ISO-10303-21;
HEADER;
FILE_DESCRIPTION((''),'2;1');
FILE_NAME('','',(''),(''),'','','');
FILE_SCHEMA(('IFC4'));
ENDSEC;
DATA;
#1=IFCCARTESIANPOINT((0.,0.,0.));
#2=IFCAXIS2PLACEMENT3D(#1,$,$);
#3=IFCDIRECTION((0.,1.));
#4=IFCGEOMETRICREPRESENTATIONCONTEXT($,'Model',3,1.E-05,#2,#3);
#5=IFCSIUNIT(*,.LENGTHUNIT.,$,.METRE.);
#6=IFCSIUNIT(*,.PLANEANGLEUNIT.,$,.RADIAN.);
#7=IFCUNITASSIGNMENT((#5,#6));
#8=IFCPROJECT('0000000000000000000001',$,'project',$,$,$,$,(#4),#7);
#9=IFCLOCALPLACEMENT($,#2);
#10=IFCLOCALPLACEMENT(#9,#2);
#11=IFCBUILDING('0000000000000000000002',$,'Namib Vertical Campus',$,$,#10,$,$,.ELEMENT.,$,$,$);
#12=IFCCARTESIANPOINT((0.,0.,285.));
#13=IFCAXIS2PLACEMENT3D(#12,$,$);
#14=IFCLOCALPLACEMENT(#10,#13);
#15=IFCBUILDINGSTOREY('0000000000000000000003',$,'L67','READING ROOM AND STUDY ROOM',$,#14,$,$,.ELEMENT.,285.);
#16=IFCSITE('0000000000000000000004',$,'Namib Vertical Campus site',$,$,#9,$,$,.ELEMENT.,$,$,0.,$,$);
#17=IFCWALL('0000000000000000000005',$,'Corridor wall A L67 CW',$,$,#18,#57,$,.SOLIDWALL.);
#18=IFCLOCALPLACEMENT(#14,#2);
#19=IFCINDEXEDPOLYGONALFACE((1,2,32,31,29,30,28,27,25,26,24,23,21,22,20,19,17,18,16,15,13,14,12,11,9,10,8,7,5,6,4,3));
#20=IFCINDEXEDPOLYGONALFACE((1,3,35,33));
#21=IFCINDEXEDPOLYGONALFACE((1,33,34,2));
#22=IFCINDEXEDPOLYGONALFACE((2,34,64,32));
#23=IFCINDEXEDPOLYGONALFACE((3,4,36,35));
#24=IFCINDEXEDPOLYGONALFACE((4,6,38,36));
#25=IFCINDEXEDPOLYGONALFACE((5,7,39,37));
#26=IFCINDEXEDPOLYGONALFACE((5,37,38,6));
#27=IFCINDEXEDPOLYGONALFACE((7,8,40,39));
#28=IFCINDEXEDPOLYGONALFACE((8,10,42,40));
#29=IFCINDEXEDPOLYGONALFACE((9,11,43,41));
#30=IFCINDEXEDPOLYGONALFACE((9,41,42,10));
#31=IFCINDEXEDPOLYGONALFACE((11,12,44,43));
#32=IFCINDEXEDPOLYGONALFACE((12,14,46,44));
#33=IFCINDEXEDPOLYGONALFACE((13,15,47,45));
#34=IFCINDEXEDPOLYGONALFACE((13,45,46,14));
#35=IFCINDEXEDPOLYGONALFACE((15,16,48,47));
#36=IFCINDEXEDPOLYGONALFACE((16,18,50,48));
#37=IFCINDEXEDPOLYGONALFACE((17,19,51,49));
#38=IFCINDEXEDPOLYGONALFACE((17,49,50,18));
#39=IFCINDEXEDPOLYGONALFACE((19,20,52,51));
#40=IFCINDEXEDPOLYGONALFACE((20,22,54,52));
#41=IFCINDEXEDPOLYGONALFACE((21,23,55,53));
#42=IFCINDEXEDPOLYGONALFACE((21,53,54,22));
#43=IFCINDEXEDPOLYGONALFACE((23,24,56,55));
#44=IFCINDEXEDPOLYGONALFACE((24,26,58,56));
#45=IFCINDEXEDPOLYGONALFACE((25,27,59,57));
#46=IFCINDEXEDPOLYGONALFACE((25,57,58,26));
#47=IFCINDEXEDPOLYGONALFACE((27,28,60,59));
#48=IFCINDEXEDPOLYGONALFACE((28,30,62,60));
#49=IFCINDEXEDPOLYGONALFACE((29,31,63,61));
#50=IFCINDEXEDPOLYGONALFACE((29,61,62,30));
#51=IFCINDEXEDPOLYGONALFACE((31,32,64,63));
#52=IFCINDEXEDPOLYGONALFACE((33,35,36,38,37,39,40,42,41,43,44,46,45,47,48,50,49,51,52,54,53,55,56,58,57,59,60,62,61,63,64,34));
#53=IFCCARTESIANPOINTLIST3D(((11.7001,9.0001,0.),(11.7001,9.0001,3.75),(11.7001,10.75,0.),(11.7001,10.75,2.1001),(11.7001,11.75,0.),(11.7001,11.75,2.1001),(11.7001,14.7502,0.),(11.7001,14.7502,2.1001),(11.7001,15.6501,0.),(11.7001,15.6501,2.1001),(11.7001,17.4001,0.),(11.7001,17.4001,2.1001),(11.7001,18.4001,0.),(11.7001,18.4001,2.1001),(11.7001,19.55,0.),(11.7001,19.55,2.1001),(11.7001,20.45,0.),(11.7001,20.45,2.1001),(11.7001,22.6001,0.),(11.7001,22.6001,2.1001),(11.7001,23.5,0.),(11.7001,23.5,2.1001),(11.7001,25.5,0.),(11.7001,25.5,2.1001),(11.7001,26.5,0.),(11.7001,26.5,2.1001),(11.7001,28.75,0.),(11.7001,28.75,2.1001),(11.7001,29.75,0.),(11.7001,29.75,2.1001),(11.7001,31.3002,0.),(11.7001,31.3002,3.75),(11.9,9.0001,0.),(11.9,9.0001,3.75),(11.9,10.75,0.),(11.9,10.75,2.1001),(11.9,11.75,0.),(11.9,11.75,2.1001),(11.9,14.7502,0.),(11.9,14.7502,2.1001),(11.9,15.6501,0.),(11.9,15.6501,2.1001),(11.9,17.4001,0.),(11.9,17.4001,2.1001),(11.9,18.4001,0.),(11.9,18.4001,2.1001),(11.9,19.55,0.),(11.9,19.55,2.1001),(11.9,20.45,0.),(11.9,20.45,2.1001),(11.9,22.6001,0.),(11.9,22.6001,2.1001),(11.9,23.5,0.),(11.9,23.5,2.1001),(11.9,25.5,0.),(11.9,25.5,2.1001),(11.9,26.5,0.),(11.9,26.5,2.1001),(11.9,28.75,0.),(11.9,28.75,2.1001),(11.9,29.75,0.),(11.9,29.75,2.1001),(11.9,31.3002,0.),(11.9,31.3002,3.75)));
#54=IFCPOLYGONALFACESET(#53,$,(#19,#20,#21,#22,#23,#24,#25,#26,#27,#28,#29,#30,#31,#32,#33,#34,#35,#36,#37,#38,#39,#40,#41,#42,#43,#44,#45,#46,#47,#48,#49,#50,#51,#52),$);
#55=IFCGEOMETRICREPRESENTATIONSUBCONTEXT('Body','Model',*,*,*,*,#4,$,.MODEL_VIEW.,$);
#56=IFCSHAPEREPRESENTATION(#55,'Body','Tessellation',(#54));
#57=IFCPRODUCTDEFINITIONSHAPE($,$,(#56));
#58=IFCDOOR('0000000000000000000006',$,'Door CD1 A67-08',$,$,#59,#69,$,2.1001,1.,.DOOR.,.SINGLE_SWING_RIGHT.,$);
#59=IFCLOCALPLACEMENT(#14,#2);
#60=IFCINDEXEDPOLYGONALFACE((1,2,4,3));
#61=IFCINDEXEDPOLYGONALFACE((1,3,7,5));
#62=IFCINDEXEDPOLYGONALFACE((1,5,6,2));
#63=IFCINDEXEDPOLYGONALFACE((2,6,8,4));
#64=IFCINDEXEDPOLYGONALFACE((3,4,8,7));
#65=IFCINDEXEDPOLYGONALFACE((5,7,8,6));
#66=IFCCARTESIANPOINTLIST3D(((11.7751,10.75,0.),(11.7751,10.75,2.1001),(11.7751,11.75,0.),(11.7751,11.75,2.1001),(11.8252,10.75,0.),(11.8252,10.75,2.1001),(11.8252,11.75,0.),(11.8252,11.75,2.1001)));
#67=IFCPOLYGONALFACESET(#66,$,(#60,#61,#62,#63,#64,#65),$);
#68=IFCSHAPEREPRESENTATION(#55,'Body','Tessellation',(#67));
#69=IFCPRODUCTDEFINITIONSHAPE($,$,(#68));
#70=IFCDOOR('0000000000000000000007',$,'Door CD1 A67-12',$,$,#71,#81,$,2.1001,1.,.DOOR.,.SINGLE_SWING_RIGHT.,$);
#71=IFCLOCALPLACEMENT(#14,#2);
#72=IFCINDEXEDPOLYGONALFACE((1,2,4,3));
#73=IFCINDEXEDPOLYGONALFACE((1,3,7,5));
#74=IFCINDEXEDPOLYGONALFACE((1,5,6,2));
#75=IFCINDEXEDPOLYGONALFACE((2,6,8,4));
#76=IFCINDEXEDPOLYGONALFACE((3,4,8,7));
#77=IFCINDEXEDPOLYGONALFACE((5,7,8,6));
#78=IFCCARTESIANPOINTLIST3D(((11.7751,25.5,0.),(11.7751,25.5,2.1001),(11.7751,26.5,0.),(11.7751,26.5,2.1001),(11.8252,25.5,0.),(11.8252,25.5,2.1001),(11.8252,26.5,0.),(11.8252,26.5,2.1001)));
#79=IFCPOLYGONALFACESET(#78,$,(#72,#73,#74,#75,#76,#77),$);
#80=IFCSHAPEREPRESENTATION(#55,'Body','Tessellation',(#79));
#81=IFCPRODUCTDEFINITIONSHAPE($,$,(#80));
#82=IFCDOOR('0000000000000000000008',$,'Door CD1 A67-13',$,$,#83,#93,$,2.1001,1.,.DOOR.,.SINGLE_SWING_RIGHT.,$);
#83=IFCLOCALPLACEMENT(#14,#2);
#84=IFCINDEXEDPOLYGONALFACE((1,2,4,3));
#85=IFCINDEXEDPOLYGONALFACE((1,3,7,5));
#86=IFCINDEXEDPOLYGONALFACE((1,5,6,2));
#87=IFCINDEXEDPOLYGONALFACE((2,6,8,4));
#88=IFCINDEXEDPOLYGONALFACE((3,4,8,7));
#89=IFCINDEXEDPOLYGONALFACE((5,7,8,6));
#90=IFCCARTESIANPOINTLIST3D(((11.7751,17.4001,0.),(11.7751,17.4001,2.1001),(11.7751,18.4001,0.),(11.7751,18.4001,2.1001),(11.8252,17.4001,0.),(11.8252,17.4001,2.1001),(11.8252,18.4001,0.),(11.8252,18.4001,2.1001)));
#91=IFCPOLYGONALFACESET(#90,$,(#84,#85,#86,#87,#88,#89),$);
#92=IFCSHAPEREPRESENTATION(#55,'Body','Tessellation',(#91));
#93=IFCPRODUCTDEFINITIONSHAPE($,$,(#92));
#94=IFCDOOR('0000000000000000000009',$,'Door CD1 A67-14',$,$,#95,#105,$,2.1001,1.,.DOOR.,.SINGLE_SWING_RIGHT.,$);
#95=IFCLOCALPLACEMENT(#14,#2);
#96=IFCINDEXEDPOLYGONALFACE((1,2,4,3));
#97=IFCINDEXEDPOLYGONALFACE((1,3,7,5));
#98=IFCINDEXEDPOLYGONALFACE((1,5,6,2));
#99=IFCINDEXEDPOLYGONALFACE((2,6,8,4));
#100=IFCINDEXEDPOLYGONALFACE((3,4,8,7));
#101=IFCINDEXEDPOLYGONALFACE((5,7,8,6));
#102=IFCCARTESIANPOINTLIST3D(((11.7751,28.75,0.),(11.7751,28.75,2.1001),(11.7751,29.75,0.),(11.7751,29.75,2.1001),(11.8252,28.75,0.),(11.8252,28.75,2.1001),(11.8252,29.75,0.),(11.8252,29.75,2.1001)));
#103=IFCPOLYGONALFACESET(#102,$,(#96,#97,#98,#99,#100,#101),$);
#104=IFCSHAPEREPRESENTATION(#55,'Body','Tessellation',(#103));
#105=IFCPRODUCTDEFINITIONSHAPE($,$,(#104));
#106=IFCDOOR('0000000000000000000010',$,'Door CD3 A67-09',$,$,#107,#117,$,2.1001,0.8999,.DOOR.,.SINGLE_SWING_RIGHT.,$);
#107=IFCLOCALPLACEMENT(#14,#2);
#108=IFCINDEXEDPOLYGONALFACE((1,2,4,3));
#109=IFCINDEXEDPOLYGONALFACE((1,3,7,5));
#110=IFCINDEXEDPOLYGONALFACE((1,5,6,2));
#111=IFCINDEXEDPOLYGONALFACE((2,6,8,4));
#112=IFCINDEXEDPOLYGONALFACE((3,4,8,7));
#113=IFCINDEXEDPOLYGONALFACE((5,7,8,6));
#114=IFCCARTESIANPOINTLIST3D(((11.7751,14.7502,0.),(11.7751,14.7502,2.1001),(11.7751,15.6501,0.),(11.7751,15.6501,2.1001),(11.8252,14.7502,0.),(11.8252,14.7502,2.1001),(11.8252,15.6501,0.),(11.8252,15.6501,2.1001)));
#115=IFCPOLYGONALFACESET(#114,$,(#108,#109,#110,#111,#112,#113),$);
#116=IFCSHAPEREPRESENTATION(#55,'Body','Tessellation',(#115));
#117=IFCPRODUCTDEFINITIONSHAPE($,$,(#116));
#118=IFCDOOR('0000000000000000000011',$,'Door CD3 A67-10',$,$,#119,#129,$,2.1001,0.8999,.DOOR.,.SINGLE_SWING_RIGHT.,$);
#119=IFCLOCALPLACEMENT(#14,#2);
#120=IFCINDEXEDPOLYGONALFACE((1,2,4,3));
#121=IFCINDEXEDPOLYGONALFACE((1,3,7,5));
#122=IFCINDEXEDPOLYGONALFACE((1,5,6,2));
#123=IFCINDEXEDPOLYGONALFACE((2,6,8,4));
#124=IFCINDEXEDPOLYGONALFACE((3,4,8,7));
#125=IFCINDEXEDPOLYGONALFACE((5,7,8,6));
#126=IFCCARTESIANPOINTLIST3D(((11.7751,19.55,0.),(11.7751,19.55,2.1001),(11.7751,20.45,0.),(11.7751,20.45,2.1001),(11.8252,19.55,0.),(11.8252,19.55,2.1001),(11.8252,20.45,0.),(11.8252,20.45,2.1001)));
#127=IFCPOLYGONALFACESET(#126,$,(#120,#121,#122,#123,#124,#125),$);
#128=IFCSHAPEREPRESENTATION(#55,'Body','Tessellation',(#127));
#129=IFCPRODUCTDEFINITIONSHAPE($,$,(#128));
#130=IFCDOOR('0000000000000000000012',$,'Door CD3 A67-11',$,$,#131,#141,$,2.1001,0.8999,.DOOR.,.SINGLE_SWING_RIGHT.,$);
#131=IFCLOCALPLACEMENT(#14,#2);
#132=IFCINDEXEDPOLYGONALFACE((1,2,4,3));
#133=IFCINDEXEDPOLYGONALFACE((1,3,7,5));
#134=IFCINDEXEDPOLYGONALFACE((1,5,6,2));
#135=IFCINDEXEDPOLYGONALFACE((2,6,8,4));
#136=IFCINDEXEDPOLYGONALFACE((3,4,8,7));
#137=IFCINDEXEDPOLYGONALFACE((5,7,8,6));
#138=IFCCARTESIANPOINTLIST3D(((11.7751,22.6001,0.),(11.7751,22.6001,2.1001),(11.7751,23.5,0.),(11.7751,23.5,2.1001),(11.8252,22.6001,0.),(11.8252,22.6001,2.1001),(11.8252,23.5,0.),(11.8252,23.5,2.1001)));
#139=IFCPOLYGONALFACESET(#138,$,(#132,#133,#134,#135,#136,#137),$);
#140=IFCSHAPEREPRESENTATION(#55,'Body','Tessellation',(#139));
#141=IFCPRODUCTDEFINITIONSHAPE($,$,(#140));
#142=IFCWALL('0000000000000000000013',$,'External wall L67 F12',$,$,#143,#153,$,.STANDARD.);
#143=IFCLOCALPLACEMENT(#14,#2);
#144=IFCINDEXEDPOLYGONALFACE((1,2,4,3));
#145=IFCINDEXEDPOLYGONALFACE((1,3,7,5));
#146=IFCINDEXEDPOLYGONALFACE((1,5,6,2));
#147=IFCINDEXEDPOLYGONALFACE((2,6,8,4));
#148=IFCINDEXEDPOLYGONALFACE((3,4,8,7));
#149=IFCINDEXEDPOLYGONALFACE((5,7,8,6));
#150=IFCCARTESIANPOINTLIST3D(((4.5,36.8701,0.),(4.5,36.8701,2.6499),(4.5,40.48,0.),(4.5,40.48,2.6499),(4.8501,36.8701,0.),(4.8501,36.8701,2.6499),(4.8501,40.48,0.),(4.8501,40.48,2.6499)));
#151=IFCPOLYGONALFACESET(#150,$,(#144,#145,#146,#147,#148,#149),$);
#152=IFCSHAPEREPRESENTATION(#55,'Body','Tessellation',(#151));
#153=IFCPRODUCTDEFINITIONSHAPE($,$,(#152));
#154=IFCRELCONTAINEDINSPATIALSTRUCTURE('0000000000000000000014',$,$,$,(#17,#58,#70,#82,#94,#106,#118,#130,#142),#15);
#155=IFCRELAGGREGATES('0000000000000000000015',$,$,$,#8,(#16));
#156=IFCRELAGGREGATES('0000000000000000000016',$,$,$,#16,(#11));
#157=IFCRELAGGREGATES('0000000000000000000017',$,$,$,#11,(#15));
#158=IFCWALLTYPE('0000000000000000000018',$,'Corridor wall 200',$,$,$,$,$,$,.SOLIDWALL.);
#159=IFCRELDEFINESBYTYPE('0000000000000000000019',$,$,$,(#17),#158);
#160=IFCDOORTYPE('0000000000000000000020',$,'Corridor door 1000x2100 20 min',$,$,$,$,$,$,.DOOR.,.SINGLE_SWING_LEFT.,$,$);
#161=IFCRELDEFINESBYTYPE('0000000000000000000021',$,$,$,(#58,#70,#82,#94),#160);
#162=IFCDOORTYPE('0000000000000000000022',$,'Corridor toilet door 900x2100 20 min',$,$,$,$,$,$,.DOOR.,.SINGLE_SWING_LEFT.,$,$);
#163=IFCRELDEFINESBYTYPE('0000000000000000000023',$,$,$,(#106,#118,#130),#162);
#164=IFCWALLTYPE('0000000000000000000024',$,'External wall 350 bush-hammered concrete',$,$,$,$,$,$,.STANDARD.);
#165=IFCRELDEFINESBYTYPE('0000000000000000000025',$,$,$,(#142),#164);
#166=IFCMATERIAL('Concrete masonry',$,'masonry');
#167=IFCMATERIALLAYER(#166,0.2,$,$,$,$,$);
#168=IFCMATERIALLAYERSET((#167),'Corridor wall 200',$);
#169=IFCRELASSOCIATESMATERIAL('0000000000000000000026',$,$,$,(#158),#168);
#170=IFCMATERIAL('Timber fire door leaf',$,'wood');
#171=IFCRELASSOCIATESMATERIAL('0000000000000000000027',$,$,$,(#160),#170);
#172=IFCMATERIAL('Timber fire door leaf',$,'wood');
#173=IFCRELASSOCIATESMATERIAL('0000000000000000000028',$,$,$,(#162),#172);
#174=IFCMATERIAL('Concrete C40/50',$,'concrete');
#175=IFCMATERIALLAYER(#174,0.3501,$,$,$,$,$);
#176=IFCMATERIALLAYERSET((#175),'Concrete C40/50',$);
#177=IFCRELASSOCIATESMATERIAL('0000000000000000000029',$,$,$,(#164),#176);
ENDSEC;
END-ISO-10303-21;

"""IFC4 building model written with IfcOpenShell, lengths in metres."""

from ifc_helpers import new_model, si_unit, direction, frame, frame_2d, origin, place, context, subcontext, project, spatial, rectangle, extrude, material, layer, layer_set, type_object, element, fill, save


model = new_model("IFC4")

# Units and contexts
model_context = context("Model", 3, precision=1e-05, world=origin(), true_north=direction((0.0, 1.0)))
body_context = subcontext(model_context, "Body", "Model", "MODEL_VIEW")
ifc_project = project(units=[si_unit("LENGTHUNIT", "METRE"), si_unit("PLANEANGLEUNIT", "RADIAN")], contexts=[model_context])

# Site, building, storey
site_placement = place(None, origin())
site = spatial("IfcSite", under=ifc_project, at=site_placement, Name="Namib Vertical Campus site", CompositionType="ELEMENT", RefElevation=0.0)
building_placement = place(site_placement, origin())
building = spatial("IfcBuilding", under=site, at=building_placement, Name="Namib Vertical Campus", CompositionType="ELEMENT")
storey_placement = place(building_placement, frame((0.0, 0.0, 285.0)))
storey = spatial("IfcBuildingStorey", under=building, at=storey_placement, Name="L67", Description="READING ROOM AND STUDY ROOM", CompositionType="ELEMENT", Elevation=285.0)

# Wall, openings, doors
ifc_material_1 = material(Name="Concrete masonry", Category="masonry")
ifc_layer_1 = layer(ifc_material_1, 0.2)
ifc_layer_set_1 = layer_set([ifc_layer_1], Name="Corridor wall 200")
wall_type_1 = type_object("IfcWallType", Name="Corridor wall 200", PredefinedType="SOLIDWALL", material=ifc_layer_set_1)
wall_1_placement = place(storey_placement, frame((11.8, 31.3, 0.0), z_axis=(0.0, 0.0, 1.0), x_axis=(0.0, -1.0, 0.0)))
wall_1 = element("IfcWall", 1, at=wall_1_placement, inside=storey, type_object=wall_type_1, Name="Corridor wall A L67 CW", PredefinedType="SOLIDWALL", context=body_context, shape_type="SweptSolid", body=[
    extrude(rectangle(XDim=22.3, YDim=0.2, at=frame_2d((11.1499, 0.0))), origin(), (0.0, 0.0, 1.0), 3.75),
])
opening_1_placement = place(wall_1_placement, frame((19.55, 0.0, 0.0)))
opening_1 = element("IfcOpeningElement", 2, at=opening_1_placement, cuts=wall_1, PredefinedType="OPENING", context=body_context, shape_type="SweptSolid", body=[
    extrude(rectangle(XDim=1.0, YDim=2.1001, at=frame_2d((0.5, 1.05))), frame((0.0, 0.1099, 0.0), z_axis=(0.0, -1.0, 0.0), x_axis=(1.0, 0.0, 0.0)), (0.0, 0.0, 1.0), 0.22),
])
opening_2_placement = place(wall_1_placement, frame((15.6499, 0.0, 0.0)))
opening_2 = element("IfcOpeningElement", 3, at=opening_2_placement, cuts=wall_1, PredefinedType="OPENING", context=body_context, shape_type="SweptSolid", body=[
    extrude(rectangle(XDim=0.8999, YDim=2.1001, at=frame_2d((0.45, 1.05))), frame((0.0, 0.1099, 0.0), z_axis=(0.0, -1.0, 0.0), x_axis=(1.0, 0.0, 0.0)), (0.0, 0.0, 1.0), 0.22),
])
opening_3_placement = place(wall_1_placement, frame((10.8501, 0.0, 0.0)))
opening_3 = element("IfcOpeningElement", 4, at=opening_3_placement, cuts=wall_1, PredefinedType="OPENING", context=body_context, shape_type="SweptSolid", body=[
    extrude(rectangle(XDim=0.8999, YDim=2.1001, at=frame_2d((0.45, 1.05))), frame((0.0, 0.1099, 0.0), z_axis=(0.0, -1.0, 0.0), x_axis=(1.0, 0.0, 0.0)), (0.0, 0.0, 1.0), 0.22),
])
opening_4_placement = place(wall_1_placement, frame((7.8, 0.0, 0.0)))
opening_4 = element("IfcOpeningElement", 5, at=opening_4_placement, cuts=wall_1, PredefinedType="OPENING", context=body_context, shape_type="SweptSolid", body=[
    extrude(rectangle(XDim=0.8999, YDim=2.1001, at=frame_2d((0.45, 1.05))), frame((0.0, 0.1099, 0.0), z_axis=(0.0, -1.0, 0.0), x_axis=(1.0, 0.0, 0.0)), (0.0, 0.0, 1.0), 0.22),
])
opening_5_placement = place(wall_1_placement, frame((4.8, 0.0, 0.0)))
opening_5 = element("IfcOpeningElement", 6, at=opening_5_placement, cuts=wall_1, PredefinedType="OPENING", context=body_context, shape_type="SweptSolid", body=[
    extrude(rectangle(XDim=1.0, YDim=2.1001, at=frame_2d((0.5, 1.05))), frame((0.0, 0.1099, 0.0), z_axis=(0.0, -1.0, 0.0), x_axis=(1.0, 0.0, 0.0)), (0.0, 0.0, 1.0), 0.22),
])
opening_6_placement = place(wall_1_placement, frame((12.8999, 0.0, 0.0)))
opening_6 = element("IfcOpeningElement", 7, at=opening_6_placement, cuts=wall_1, PredefinedType="OPENING", context=body_context, shape_type="SweptSolid", body=[
    extrude(rectangle(XDim=1.0, YDim=2.1001, at=frame_2d((0.5, 1.05))), frame((0.0, 0.1099, 0.0), z_axis=(0.0, -1.0, 0.0), x_axis=(1.0, 0.0, 0.0)), (0.0, 0.0, 1.0), 0.22),
])
opening_7_placement = place(wall_1_placement, frame((1.55, 0.0, 0.0)))
opening_7 = element("IfcOpeningElement", 8, at=opening_7_placement, cuts=wall_1, PredefinedType="OPENING", context=body_context, shape_type="SweptSolid", body=[
    extrude(rectangle(XDim=1.0, YDim=2.1001, at=frame_2d((0.5, 1.05))), frame((0.0, 0.1099, 0.0), z_axis=(0.0, -1.0, 0.0), x_axis=(1.0, 0.0, 0.0)), (0.0, 0.0, 1.0), 0.22),
])
ifc_material_2 = material(Name="Timber fire door leaf", Category="wood")
door_type_1 = type_object("IfcDoorType", Name="Corridor door 1000x2100 20 min", OperationType="SINGLE_SWING_LEFT", PredefinedType="DOOR", material=ifc_material_2)
door_1_placement = place(opening_1_placement, frame((1.0, 0.0, 0.0), z_axis=(0.0, 0.0, 1.0), x_axis=(-1.0, 0.0, 0.0)))
door_1 = element("IfcDoor", 9, at=door_1_placement, inside=storey, type_object=door_type_1, Name="Door CD1 A67-08", OperationType="SINGLE_SWING_RIGHT", OverallHeight=2.1001, OverallWidth=1.0, PredefinedType="DOOR", context=body_context, shape_type="SweptSolid", body=[
    extrude(rectangle(XDim=1.0, YDim=2.1001, at=frame_2d((0.5, 1.05))), frame((0.0, 0.0249, 0.0), z_axis=(0.0, -1.0, 0.0), x_axis=(1.0, 0.0, 0.0)), (0.0, 0.0, 1.0), 0.05),
])
fill(opening_1, door_1)
door_2_placement = place(opening_5_placement, frame((1.0, 0.0, 0.0), z_axis=(0.0, 0.0, 1.0), x_axis=(-1.0, 0.0, 0.0)))
door_2 = element("IfcDoor", 10, at=door_2_placement, inside=storey, type_object=door_type_1, Name="Door CD1 A67-12", OperationType="SINGLE_SWING_RIGHT", OverallHeight=2.1001, OverallWidth=1.0, PredefinedType="DOOR", context=body_context, shape_type="SweptSolid", body=[
    extrude(rectangle(XDim=1.0, YDim=2.1001, at=frame_2d((0.5, 1.05))), frame((0.0, 0.0249, 0.0), z_axis=(0.0, -1.0, 0.0), x_axis=(1.0, 0.0, 0.0)), (0.0, 0.0, 1.0), 0.05),
])
fill(opening_5, door_2)
door_3_placement = place(opening_6_placement, frame((1.0, 0.0, 0.0), z_axis=(0.0, 0.0, 1.0), x_axis=(-1.0, 0.0, 0.0)))
door_3 = element("IfcDoor", 11, at=door_3_placement, inside=storey, type_object=door_type_1, Name="Door CD1 A67-13", OperationType="SINGLE_SWING_RIGHT", OverallHeight=2.1001, OverallWidth=1.0, PredefinedType="DOOR", context=body_context, shape_type="SweptSolid", body=[
    extrude(rectangle(XDim=1.0, YDim=2.1001, at=frame_2d((0.5, 1.05))), frame((0.0, 0.0249, 0.0), z_axis=(0.0, -1.0, 0.0), x_axis=(1.0, 0.0, 0.0)), (0.0, 0.0, 1.0), 0.05),
])
fill(opening_6, door_3)
door_4_placement = place(opening_7_placement, frame((1.0, 0.0, 0.0), z_axis=(0.0, 0.0, 1.0), x_axis=(-1.0, 0.0, 0.0)))
door_4 = element("IfcDoor", 12, at=door_4_placement, inside=storey, type_object=door_type_1, Name="Door CD1 A67-14", OperationType="SINGLE_SWING_RIGHT", OverallHeight=2.1001, OverallWidth=1.0, PredefinedType="DOOR", context=body_context, shape_type="SweptSolid", body=[
    extrude(rectangle(XDim=1.0, YDim=2.1001, at=frame_2d((0.5, 1.05))), frame((0.0, 0.0249, 0.0), z_axis=(0.0, -1.0, 0.0), x_axis=(1.0, 0.0, 0.0)), (0.0, 0.0, 1.0), 0.05),
])
fill(opening_7, door_4)
ifc_material_3 = material(Name="Timber fire door leaf", Category="wood")
door_type_2 = type_object("IfcDoorType", Name="Corridor toilet door 900x2100 20 min", OperationType="SINGLE_SWING_LEFT", PredefinedType="DOOR", material=ifc_material_3)
door_5_placement = place(opening_2_placement, frame((0.8999, 0.0, 0.0), z_axis=(0.0, 0.0, 1.0), x_axis=(-1.0, 0.0, 0.0)))
door_5 = element("IfcDoor", 13, at=door_5_placement, inside=storey, type_object=door_type_2, Name="Door CD3 A67-09", OperationType="SINGLE_SWING_RIGHT", OverallHeight=2.1001, OverallWidth=0.8999, PredefinedType="DOOR", context=body_context, shape_type="SweptSolid", body=[
    extrude(rectangle(XDim=0.8999, YDim=2.1001, at=frame_2d((0.45, 1.05))), frame((0.0, 0.0249, 0.0), z_axis=(0.0, -1.0, 0.0), x_axis=(1.0, 0.0, 0.0)), (0.0, 0.0, 1.0), 0.05),
])
fill(opening_2, door_5)
door_6_placement = place(opening_3_placement, frame((0.8999, 0.0, 0.0), z_axis=(0.0, 0.0, 1.0), x_axis=(-1.0, 0.0, 0.0)))
door_6 = element("IfcDoor", 14, at=door_6_placement, inside=storey, type_object=door_type_2, Name="Door CD3 A67-10", OperationType="SINGLE_SWING_RIGHT", OverallHeight=2.1001, OverallWidth=0.8999, PredefinedType="DOOR", context=body_context, shape_type="SweptSolid", body=[
    extrude(rectangle(XDim=0.8999, YDim=2.1001, at=frame_2d((0.45, 1.05))), frame((0.0, 0.0249, 0.0), z_axis=(0.0, -1.0, 0.0), x_axis=(1.0, 0.0, 0.0)), (0.0, 0.0, 1.0), 0.05),
])
fill(opening_3, door_6)
door_7_placement = place(opening_4_placement, frame((0.8999, 0.0, 0.0), z_axis=(0.0, 0.0, 1.0), x_axis=(-1.0, 0.0, 0.0)))
door_7 = element("IfcDoor", 15, at=door_7_placement, inside=storey, type_object=door_type_2, Name="Door CD3 A67-11", OperationType="SINGLE_SWING_RIGHT", OverallHeight=2.1001, OverallWidth=0.8999, PredefinedType="DOOR", context=body_context, shape_type="SweptSolid", body=[
    extrude(rectangle(XDim=0.8999, YDim=2.1001, at=frame_2d((0.45, 1.05))), frame((0.0, 0.0249, 0.0), z_axis=(0.0, -1.0, 0.0), x_axis=(1.0, 0.0, 0.0)), (0.0, 0.0, 1.0), 0.05),
])
fill(opening_4, door_7)

# Wall
ifc_material_4 = material(Name="Concrete C40/50", Category="concrete")
ifc_layer_2 = layer(ifc_material_4, 0.3501)
ifc_layer_set_2 = layer_set([ifc_layer_2], Name="Concrete C40/50")
wall_type_2 = type_object("IfcWallType", Name="External wall 350 bush-hammered concrete", PredefinedType="STANDARD", material=ifc_layer_set_2)
wall_2_placement = place(storey_placement, frame((4.675, 40.48, 0.0), z_axis=(0.0, 0.0, 1.0), x_axis=(0.0, -1.0, 0.0)))
element("IfcWall", 16, at=wall_2_placement, inside=storey, type_object=wall_type_2, Name="External wall L67 F12", PredefinedType="STANDARD", context=body_context, shape_type="SweptSolid", body=[
    extrude(rectangle(XDim=3.6099, YDim=0.3501, at=frame_2d((1.8049, 0.0))), origin(), (0.0, 0.0, 1.0), 2.6499),
])

save(model, "model.ifc")
